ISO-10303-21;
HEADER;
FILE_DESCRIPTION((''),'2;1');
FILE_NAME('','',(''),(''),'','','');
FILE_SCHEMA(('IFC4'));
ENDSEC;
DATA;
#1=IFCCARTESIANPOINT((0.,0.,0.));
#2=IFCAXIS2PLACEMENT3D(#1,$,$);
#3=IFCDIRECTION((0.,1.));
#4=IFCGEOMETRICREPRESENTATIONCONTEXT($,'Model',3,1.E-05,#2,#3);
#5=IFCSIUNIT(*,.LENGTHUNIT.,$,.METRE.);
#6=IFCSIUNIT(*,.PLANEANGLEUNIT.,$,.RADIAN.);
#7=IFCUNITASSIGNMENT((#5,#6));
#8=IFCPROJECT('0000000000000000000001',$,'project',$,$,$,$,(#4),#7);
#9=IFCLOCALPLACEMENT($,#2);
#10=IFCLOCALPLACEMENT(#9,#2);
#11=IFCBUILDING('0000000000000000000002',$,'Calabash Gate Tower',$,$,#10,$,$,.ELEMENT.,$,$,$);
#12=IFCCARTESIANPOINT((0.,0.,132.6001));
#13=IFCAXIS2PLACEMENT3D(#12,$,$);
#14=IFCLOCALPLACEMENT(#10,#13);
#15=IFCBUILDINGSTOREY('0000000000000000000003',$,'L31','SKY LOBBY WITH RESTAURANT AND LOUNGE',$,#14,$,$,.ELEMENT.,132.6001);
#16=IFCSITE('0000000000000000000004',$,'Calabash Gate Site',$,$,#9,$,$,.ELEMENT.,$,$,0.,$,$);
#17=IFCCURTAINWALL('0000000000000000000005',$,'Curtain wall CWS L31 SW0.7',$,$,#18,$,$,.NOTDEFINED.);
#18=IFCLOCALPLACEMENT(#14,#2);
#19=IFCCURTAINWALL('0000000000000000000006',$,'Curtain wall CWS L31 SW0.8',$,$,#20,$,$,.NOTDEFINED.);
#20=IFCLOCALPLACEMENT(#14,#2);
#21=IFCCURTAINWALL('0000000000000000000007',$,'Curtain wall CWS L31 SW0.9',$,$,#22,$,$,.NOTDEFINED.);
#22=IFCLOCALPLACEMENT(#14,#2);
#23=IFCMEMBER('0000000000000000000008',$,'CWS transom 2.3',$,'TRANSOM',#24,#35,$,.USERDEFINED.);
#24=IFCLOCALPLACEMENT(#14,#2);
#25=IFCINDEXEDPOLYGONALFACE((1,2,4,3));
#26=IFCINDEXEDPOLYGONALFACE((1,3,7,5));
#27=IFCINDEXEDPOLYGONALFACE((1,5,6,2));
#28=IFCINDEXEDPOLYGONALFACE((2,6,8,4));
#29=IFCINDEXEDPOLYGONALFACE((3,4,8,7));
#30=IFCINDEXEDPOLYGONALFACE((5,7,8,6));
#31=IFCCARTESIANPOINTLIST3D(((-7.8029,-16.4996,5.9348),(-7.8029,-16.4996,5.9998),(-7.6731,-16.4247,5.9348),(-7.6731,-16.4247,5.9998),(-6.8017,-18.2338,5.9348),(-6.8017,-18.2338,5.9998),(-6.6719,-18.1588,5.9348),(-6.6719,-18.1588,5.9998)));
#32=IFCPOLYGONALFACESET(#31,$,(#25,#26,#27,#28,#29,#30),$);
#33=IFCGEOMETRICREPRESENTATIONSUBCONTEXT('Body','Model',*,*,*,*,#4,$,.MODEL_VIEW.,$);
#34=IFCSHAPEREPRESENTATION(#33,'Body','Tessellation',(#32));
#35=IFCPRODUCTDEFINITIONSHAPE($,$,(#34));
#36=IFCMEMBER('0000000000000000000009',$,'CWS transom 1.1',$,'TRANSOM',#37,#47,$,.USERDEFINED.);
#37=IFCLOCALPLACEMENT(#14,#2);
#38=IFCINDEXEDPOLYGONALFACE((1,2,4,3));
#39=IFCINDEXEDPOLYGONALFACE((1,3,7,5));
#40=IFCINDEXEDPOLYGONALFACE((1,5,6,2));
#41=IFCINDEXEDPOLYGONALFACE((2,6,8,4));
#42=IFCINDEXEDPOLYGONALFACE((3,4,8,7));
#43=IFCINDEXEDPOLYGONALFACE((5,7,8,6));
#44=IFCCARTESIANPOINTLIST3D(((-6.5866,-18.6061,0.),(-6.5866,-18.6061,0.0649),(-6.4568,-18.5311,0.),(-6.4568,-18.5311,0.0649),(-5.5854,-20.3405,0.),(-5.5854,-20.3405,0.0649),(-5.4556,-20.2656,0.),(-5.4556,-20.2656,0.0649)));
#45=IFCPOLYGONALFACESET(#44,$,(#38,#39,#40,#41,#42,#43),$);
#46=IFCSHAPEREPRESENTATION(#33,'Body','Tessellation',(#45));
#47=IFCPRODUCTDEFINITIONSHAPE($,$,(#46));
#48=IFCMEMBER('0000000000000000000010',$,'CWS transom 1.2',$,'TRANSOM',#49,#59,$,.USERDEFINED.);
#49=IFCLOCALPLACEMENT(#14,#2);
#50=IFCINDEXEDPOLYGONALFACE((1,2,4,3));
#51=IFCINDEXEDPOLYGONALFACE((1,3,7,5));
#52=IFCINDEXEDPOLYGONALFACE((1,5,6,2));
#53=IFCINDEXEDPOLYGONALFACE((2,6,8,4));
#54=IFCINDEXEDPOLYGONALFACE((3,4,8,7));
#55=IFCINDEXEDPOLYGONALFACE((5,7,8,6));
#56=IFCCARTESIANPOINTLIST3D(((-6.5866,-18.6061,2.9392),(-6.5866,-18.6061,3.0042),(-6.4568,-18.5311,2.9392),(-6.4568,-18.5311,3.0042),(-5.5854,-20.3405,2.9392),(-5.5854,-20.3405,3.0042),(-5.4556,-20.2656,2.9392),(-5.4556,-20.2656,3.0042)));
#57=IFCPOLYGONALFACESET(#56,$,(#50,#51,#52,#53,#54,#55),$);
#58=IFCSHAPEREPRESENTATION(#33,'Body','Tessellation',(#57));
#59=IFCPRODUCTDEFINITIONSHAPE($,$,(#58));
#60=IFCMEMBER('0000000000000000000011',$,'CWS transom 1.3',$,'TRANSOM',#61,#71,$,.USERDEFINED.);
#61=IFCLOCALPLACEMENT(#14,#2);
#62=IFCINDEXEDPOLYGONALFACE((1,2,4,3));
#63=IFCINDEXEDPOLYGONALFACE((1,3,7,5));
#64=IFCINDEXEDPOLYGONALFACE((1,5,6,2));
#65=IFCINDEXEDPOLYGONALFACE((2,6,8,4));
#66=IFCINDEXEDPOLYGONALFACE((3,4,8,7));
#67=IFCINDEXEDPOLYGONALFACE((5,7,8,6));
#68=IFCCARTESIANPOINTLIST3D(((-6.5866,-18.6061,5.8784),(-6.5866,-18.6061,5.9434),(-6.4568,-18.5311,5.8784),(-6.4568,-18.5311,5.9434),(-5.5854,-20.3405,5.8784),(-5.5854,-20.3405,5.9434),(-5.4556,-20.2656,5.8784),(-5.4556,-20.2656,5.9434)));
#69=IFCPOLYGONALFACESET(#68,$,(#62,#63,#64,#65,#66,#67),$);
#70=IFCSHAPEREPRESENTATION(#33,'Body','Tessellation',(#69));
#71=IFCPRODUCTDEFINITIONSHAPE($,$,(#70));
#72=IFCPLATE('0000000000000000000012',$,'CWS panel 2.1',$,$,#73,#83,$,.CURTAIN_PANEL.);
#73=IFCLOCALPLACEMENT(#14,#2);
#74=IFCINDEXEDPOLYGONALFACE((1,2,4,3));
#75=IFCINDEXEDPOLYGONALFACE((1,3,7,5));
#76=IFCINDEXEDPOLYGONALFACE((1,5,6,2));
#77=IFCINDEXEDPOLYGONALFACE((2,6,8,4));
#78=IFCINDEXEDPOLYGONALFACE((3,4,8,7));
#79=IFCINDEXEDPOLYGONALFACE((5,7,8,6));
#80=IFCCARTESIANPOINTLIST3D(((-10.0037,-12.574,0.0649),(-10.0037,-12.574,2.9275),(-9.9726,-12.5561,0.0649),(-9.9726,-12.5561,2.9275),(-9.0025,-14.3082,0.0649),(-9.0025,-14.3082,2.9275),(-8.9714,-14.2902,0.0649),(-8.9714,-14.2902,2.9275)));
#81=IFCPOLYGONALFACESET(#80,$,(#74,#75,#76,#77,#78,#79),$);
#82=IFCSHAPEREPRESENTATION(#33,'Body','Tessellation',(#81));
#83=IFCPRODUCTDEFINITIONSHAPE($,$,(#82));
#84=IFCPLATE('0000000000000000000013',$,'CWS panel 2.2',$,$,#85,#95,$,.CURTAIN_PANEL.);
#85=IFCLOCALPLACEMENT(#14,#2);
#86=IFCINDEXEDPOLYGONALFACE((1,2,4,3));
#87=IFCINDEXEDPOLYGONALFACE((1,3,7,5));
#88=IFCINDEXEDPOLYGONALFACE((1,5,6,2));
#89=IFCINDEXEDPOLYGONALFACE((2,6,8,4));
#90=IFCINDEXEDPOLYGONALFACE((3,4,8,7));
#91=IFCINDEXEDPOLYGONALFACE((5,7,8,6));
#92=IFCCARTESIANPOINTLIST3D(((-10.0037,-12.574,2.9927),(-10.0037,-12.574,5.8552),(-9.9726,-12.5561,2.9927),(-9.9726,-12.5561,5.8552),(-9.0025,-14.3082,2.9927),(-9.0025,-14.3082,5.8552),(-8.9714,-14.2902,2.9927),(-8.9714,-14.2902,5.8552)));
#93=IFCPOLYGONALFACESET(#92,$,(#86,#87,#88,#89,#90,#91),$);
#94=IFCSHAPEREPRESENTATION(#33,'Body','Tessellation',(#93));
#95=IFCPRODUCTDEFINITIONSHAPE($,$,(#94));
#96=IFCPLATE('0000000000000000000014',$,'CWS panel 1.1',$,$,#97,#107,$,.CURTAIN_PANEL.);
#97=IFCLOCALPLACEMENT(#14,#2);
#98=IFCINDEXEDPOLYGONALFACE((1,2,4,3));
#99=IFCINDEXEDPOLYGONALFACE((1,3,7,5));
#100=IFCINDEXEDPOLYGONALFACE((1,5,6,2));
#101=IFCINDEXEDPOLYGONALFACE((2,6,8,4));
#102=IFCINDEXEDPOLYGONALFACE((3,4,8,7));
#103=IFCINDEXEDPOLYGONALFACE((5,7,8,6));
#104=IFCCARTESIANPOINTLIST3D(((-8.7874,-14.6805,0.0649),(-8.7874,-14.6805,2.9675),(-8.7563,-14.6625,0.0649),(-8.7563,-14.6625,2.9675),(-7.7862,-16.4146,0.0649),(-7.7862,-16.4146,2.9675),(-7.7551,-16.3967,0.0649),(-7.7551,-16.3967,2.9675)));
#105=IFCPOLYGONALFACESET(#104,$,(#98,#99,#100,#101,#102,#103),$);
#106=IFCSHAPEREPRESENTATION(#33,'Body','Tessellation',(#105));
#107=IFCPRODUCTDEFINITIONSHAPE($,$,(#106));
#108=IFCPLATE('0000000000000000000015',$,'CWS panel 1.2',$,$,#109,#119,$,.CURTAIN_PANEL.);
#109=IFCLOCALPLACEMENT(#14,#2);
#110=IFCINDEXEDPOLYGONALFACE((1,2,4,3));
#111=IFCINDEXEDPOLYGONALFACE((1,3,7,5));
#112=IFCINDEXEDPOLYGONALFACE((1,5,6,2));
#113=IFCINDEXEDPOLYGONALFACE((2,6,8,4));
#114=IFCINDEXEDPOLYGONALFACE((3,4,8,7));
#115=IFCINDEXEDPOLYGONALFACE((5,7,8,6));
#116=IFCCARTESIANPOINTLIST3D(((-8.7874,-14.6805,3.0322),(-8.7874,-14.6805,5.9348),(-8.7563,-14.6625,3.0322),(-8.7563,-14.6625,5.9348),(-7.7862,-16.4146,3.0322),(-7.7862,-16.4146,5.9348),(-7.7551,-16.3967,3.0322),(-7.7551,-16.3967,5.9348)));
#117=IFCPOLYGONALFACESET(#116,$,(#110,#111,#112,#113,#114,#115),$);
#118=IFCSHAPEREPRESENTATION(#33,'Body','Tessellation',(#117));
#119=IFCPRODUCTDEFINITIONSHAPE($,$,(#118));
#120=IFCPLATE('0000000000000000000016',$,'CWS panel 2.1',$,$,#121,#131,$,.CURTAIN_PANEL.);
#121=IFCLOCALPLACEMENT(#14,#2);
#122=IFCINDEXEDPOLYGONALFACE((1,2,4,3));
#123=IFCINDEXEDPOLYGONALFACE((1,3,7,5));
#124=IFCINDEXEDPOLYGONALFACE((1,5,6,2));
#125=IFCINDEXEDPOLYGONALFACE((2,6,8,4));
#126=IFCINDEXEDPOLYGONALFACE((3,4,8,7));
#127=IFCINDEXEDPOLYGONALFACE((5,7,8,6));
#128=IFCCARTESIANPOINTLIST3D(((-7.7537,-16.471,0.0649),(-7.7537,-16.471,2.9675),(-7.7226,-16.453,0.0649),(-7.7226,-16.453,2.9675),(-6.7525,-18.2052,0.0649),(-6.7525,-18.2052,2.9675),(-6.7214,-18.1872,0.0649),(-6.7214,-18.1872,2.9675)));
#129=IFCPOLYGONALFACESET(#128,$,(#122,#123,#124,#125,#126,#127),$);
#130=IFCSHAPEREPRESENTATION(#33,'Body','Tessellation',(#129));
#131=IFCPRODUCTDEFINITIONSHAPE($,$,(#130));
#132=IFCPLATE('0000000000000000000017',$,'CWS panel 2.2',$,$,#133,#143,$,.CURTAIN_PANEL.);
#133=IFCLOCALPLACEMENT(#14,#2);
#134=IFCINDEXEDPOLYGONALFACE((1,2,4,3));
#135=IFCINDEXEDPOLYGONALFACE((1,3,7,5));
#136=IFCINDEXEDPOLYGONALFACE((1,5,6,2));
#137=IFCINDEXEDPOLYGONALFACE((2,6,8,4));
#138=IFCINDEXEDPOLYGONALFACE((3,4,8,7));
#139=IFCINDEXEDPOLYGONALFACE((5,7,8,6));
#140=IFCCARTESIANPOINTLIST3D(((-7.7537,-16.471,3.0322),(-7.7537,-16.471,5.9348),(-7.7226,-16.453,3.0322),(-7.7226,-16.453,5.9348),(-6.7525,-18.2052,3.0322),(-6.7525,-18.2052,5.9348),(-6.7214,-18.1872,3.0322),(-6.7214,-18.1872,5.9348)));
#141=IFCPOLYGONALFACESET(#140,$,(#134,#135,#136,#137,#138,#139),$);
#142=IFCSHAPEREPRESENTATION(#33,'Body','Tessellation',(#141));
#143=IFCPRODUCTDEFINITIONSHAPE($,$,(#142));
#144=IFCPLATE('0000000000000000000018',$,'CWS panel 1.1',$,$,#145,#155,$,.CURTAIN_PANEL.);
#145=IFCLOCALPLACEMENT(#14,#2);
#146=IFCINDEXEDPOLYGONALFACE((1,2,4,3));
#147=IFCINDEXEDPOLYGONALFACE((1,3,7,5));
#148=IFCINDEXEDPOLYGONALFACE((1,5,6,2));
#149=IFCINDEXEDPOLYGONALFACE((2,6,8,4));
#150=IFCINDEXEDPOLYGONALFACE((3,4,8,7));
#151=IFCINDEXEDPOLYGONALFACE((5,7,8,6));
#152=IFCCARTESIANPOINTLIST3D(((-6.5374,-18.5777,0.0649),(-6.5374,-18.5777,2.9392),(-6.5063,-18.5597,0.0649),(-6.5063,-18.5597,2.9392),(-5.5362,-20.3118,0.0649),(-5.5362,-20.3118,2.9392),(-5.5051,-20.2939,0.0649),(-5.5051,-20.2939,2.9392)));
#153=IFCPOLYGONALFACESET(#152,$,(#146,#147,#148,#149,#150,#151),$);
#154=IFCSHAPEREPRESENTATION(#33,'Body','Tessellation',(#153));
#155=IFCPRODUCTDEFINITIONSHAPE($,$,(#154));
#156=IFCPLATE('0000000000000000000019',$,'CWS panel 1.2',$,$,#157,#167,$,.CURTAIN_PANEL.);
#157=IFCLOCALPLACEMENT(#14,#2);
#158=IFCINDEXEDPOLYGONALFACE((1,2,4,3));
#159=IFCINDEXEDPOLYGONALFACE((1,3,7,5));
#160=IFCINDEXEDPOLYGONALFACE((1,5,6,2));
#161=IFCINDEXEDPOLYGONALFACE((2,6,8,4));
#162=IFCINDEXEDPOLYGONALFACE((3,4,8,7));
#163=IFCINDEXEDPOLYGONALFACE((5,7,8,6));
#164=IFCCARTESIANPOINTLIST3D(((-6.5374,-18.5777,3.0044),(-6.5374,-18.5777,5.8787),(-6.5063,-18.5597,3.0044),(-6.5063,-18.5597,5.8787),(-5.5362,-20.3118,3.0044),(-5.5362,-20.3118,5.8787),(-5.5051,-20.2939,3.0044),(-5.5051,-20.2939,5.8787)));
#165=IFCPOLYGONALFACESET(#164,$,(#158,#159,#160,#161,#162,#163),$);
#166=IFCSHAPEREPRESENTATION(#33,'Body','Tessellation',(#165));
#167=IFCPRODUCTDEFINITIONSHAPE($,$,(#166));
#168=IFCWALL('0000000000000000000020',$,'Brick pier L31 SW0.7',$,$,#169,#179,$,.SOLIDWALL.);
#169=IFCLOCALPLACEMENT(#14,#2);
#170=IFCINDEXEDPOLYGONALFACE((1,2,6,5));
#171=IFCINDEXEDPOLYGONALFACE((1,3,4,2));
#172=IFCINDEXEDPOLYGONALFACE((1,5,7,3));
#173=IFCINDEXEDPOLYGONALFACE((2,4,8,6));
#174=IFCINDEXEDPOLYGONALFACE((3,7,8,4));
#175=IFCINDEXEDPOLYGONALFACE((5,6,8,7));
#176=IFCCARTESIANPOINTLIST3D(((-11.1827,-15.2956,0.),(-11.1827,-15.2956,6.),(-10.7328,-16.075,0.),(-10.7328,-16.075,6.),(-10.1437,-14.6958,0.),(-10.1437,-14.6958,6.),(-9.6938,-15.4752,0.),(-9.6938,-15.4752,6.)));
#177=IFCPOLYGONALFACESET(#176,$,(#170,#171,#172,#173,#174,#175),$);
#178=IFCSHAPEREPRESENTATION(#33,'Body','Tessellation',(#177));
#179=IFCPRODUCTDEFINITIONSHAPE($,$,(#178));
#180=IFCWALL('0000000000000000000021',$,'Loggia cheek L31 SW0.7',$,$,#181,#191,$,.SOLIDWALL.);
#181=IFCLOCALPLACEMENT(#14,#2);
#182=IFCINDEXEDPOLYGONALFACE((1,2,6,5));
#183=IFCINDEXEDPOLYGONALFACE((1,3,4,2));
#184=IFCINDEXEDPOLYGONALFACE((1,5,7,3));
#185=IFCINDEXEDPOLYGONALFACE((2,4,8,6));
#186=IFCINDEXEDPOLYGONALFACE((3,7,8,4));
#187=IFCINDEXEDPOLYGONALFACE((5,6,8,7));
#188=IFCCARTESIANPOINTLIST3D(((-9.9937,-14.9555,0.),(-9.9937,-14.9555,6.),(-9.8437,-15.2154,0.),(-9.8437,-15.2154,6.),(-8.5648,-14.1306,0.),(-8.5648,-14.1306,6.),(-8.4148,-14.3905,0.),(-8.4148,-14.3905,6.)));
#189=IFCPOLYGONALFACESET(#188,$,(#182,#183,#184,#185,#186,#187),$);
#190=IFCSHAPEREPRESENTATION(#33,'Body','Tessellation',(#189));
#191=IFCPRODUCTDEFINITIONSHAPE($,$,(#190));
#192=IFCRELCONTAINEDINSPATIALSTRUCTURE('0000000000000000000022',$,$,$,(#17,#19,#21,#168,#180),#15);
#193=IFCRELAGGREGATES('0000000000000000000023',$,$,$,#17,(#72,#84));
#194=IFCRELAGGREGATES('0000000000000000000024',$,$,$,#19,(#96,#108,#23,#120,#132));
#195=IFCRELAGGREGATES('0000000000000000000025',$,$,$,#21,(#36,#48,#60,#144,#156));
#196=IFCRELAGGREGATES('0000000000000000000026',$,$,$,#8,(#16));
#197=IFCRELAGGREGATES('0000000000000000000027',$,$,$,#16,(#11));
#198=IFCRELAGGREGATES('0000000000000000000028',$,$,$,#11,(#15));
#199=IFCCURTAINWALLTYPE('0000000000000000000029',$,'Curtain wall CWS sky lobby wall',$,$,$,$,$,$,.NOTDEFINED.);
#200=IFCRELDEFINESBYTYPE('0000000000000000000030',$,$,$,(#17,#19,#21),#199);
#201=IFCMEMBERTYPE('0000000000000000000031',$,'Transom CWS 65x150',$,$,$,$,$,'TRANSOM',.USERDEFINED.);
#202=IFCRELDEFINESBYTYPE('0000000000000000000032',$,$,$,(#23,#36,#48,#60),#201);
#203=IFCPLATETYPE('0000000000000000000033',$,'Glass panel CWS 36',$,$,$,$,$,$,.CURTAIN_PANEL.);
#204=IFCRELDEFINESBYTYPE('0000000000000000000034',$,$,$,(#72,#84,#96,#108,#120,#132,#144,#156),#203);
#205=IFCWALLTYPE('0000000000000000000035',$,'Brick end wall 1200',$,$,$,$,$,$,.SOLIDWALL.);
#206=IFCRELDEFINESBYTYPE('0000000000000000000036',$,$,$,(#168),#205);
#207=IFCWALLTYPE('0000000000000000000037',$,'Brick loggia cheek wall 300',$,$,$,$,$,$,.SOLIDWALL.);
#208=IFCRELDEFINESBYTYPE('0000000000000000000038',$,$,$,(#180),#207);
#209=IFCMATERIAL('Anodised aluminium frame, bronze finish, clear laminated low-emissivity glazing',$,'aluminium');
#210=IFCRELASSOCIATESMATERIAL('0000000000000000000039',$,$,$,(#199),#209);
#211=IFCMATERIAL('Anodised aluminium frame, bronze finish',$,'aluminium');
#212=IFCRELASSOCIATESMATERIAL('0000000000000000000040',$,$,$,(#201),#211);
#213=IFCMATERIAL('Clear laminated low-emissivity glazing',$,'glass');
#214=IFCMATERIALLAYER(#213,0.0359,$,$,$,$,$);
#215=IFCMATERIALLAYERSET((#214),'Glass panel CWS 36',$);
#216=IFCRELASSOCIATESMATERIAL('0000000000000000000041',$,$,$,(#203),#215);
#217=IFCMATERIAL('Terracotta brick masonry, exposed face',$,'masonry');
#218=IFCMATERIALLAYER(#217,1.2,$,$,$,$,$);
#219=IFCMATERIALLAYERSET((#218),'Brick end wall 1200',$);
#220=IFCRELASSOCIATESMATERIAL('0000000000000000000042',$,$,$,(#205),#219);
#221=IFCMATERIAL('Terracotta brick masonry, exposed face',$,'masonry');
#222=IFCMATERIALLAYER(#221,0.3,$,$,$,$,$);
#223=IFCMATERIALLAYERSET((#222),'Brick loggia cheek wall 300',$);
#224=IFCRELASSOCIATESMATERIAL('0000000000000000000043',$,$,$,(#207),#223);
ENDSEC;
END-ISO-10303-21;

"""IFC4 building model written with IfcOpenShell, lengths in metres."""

from ifc_helpers import new_model, si_unit, direction, frame, frame_2d, origin, origin_2d, place, context, subcontext, project, spatial, rectangle, extrude, material, layer, layer_set, material_profile, profile_set, type_object, element, aggregate, save


model = new_model("IFC4")

# Units and contexts
model_context = context("Model", 3, precision=1e-05, world=origin(), true_north=direction((0.0, 1.0)))
body_context = subcontext(model_context, "Body", "Model", "MODEL_VIEW")
ifc_project = project(units=[si_unit("LENGTHUNIT", "METRE"), si_unit("PLANEANGLEUNIT", "RADIAN")], contexts=[model_context])

# Site, building, storey
site_placement = place(None, origin())
site = spatial("IfcSite", under=ifc_project, at=site_placement, Name="Calabash Gate Site", CompositionType="ELEMENT", RefElevation=0.0)
building_placement = place(site_placement, origin())
building = spatial("IfcBuilding", under=site, at=building_placement, Name="Calabash Gate Tower", CompositionType="ELEMENT")
storey_placement = place(building_placement, frame((0.0, 0.0, 132.6001)))
storey = spatial("IfcBuildingStorey", under=building, at=storey_placement, Name="L31", Description="SKY LOBBY WITH RESTAURANT AND LOUNGE", CompositionType="ELEMENT", Elevation=132.6001)

# Curtain walls
ifc_material_1 = material(Name="Anodised aluminium frame, bronze finish, clear laminated low-emissivity glazing", Category="aluminium")
curtain_wall_type = type_object("IfcCurtainWallType", Name="Curtain wall CWS sky lobby wall", PredefinedType="NOTDEFINED", material=ifc_material_1)
curtain_wall_1_placement = place(storey_placement, origin())
curtain_wall_1 = element("IfcCurtainWall", 1, at=curtain_wall_1_placement, inside=storey, type_object=curtain_wall_type, Name="Curtain wall CWS L31 SW0.7", PredefinedType="NOTDEFINED")
curtain_wall_2_placement = place(storey_placement, origin())
curtain_wall_2 = element("IfcCurtainWall", 2, at=curtain_wall_2_placement, inside=storey, type_object=curtain_wall_type, Name="Curtain wall CWS L31 SW0.8", PredefinedType="NOTDEFINED")
curtain_wall_3_placement = place(storey_placement, origin())
curtain_wall_3 = element("IfcCurtainWall", 3, at=curtain_wall_3_placement, inside=storey, type_object=curtain_wall_type, Name="Curtain wall CWS L31 SW0.9", PredefinedType="NOTDEFINED")

# Members
ifc_material_2 = material(Name="Anodised aluminium frame, bronze finish", Category="aluminium")
ifc_material_profile_1 = material_profile(ifc_material_2, rectangle(XDim=0.1499, YDim=0.0649, at=origin_2d()))
ifc_profile_set_1 = profile_set([ifc_material_profile_1], Name="Anodised aluminium frame, bronze finish")
member_type_1 = type_object("IfcMemberType", Name="Transom CWS 65x150", ElementType="TRANSOM", PredefinedType="USERDEFINED", material=ifc_profile_set_1)
member_1_placement = place(storey_placement, frame((-7.738, -16.4622, 5.9673), z_axis=(0.500007, -0.866021, 0.0), x_axis=(0.866021, 0.500007, 0.0)))
member_1 = element("IfcMember", 4, at=member_1_placement, type_object=member_type_1, Name="CWS transom 2.3", ObjectType="TRANSOM", PredefinedType="USERDEFINED", context=body_context, shape_type="SweptSolid", body=[
    extrude(rectangle(XDim=0.1499, YDim=0.0649, at=origin_2d()), origin(), (0.0, 0.0, 1.0), 2.0024),
])
member_2_placement = place(storey_placement, frame((-6.5217, -18.5686, 0.0325), z_axis=(0.499955, -0.866052, 0.0), x_axis=(0.866052, 0.499955, 0.0)))
member_2 = element("IfcMember", 5, at=member_2_placement, type_object=member_type_1, Name="CWS transom 1.1", ObjectType="TRANSOM", PredefinedType="USERDEFINED", context=body_context, shape_type="SweptSolid", body=[
    extrude(rectangle(XDim=0.1499, YDim=0.0649, at=origin_2d()), origin(), (0.0, 0.0, 1.0), 2.0027),
])
member_3_placement = place(storey_placement, frame((-6.5217, -18.5686, 2.9717), z_axis=(0.499955, -0.866052, 0.0), x_axis=(0.866052, 0.499955, 0.0)))
member_3 = element("IfcMember", 6, at=member_3_placement, type_object=member_type_1, Name="CWS transom 1.2", ObjectType="TRANSOM", PredefinedType="USERDEFINED", context=body_context, shape_type="SweptSolid", body=[
    extrude(rectangle(XDim=0.1499, YDim=0.0649, at=origin_2d()), origin(), (0.0, 0.0, 1.0), 2.0027),
])
member_4_placement = place(storey_placement, frame((-6.5217, -18.5686, 5.9109), z_axis=(0.499955, -0.866052, 0.0), x_axis=(0.866052, 0.499955, 0.0)))
member_4 = element("IfcMember", 7, at=member_4_placement, type_object=member_type_1, Name="CWS transom 1.3", ObjectType="TRANSOM", PredefinedType="USERDEFINED", context=body_context, shape_type="SweptSolid", body=[
    extrude(rectangle(XDim=0.1499, YDim=0.0649, at=origin_2d()), origin(), (0.0, 0.0, 1.0), 2.0027),
])

# Plates
ifc_material_3 = material(Name="Clear laminated low-emissivity glazing", Category="glass")
ifc_layer_1 = layer(ifc_material_3, 0.0359)
ifc_layer_set_1 = layer_set([ifc_layer_1], Name="Glass panel CWS 36")
plate_type = type_object("IfcPlateType", Name="Glass panel CWS 36", PredefinedType="CURTAIN_PANEL", material=ifc_layer_set_1)
plate_1_placement = place(storey_placement, frame((-9.4875, -13.4321, 0.0649), z_axis=(0.0, 0.0, 1.0), x_axis=(0.5, -0.866025, 0.0)))
plate_1 = element("IfcPlate", 8, at=plate_1_placement, type_object=plate_type, Name="CWS panel 2.1", PredefinedType="CURTAIN_PANEL", context=body_context, shape_type="SweptSolid", body=[
    extrude(rectangle(XDim=2.0024, YDim=0.0359, at=origin_2d()), origin(), (0.0, 0.0, 1.0), 2.8625),
])
plate_2_placement = place(storey_placement, frame((-9.4875, -13.4321, 2.9927), z_axis=(0.0, 0.0, 1.0), x_axis=(0.5, -0.866025, 0.0)))
plate_2 = element("IfcPlate", 9, at=plate_2_placement, type_object=plate_type, Name="CWS panel 2.2", PredefinedType="CURTAIN_PANEL", context=body_context, shape_type="SweptSolid", body=[
    extrude(rectangle(XDim=2.0024, YDim=0.0359, at=origin_2d()), origin(), (0.0, 0.0, 1.0), 2.8625),
])
aggregate(curtain_wall_1, [plate_1, plate_2])
plate_3_placement = place(storey_placement, frame((-8.2712, -15.5386, 0.0649), z_axis=(0.0, 0.0, 1.0), x_axis=(0.5, -0.866025, 0.0)))
plate_3 = element("IfcPlate", 10, at=plate_3_placement, type_object=plate_type, Name="CWS panel 1.1", PredefinedType="CURTAIN_PANEL", context=body_context, shape_type="SweptSolid", body=[
    extrude(rectangle(XDim=2.0024, YDim=0.0359, at=origin_2d()), origin(), (0.0, 0.0, 1.0), 2.9026),
])
plate_4_placement = place(storey_placement, frame((-8.2712, -15.5386, 3.0322), z_axis=(0.0, 0.0, 1.0), x_axis=(0.5, -0.866025, 0.0)))
plate_4 = element("IfcPlate", 11, at=plate_4_placement, type_object=plate_type, Name="CWS panel 1.2", PredefinedType="CURTAIN_PANEL", context=body_context, shape_type="SweptSolid", body=[
    extrude(rectangle(XDim=2.0024, YDim=0.0359, at=origin_2d()), origin(), (0.0, 0.0, 1.0), 2.9026),
])
plate_5_placement = place(storey_placement, frame((-7.2375, -17.3291, 0.0649), z_axis=(0.0, 0.0, 1.0), x_axis=(0.5, -0.866025, 0.0)))
plate_5 = element("IfcPlate", 12, at=plate_5_placement, type_object=plate_type, Name="CWS panel 2.1", PredefinedType="CURTAIN_PANEL", context=body_context, shape_type="SweptSolid", body=[
    extrude(rectangle(XDim=2.0024, YDim=0.0359, at=origin_2d()), origin(), (0.0, 0.0, 1.0), 2.9026),
])
plate_6_placement = place(storey_placement, frame((-7.2375, -17.3291, 3.0322), z_axis=(0.0, 0.0, 1.0), x_axis=(0.5, -0.866025, 0.0)))
plate_6 = element("IfcPlate", 13, at=plate_6_placement, type_object=plate_type, Name="CWS panel 2.2", PredefinedType="CURTAIN_PANEL", context=body_context, shape_type="SweptSolid", body=[
    extrude(rectangle(XDim=2.0024, YDim=0.0359, at=origin_2d()), origin(), (0.0, 0.0, 1.0), 2.9026),
])
aggregate(curtain_wall_2, [plate_3, plate_4, member_1, plate_5, plate_6])
plate_7_placement = place(storey_placement, frame((-6.0212, -19.4358, 0.0649), z_axis=(0.0, 0.0, 1.0), x_axis=(0.5, -0.866025, 0.0)))
plate_7 = element("IfcPlate", 14, at=plate_7_placement, type_object=plate_type, Name="CWS panel 1.1", PredefinedType="CURTAIN_PANEL", context=body_context, shape_type="SweptSolid", body=[
    extrude(rectangle(XDim=2.0024, YDim=0.0359, at=origin_2d()), origin(), (0.0, 0.0, 1.0), 2.8743),
])
plate_8_placement = place(storey_placement, frame((-6.0212, -19.4358, 3.0044), z_axis=(0.0, 0.0, 1.0), x_axis=(0.5, -0.866025, 0.0)))
plate_8 = element("IfcPlate", 15, at=plate_8_placement, type_object=plate_type, Name="CWS panel 1.2", PredefinedType="CURTAIN_PANEL", context=body_context, shape_type="SweptSolid", body=[
    extrude(rectangle(XDim=2.0024, YDim=0.0359, at=origin_2d()), origin(), (0.0, 0.0, 1.0), 2.8743),
])
aggregate(curtain_wall_3, [member_2, member_3, member_4, plate_7, plate_8])

# Walls
ifc_material_4 = material(Name="Terracotta brick masonry, exposed face", Category="masonry")
ifc_layer_2 = layer(ifc_material_4, 1.2)
ifc_layer_set_2 = layer_set([ifc_layer_2], Name="Brick end wall 1200")
wall_type_1 = type_object("IfcWallType", Name="Brick end wall 1200", PredefinedType="SOLIDWALL", material=ifc_layer_set_2)
wall_1_placement = place(storey_placement, frame((-10.9578, -15.6853, 0.0), z_axis=(0.0, 0.0, 1.0), x_axis=(0.866043, 0.499969, 0.0)))
element("IfcWall", 16, at=wall_1_placement, inside=storey, type_object=wall_type_1, Name="Brick pier L31 SW0.7", PredefinedType="SOLIDWALL", context=body_context, shape_type="SweptSolid", body=[
    extrude(rectangle(XDim=1.1997, YDim=0.8999, at=frame_2d((0.5999, 0.0))), origin(), (0.0, 0.0, 1.0), 6.0),
])
ifc_material_5 = material(Name="Terracotta brick masonry, exposed face", Category="masonry")
ifc_layer_3 = layer(ifc_material_5, 0.3)
ifc_layer_set_3 = layer_set([ifc_layer_3], Name="Brick loggia cheek wall 300")
wall_type_2 = type_object("IfcWallType", Name="Brick loggia cheek wall 300", PredefinedType="SOLIDWALL", material=ifc_layer_set_3)
wall_2_placement = place(storey_placement, frame((-9.9187, -15.0854, 0.0), z_axis=(0.0, 0.0, 1.0), x_axis=(0.86604, 0.499974, 0.0)))
element("IfcWall", 17, at=wall_2_placement, inside=storey, type_object=wall_type_2, Name="Loggia cheek L31 SW0.7", PredefinedType="SOLIDWALL", context=body_context, shape_type="SweptSolid", body=[
    extrude(rectangle(XDim=1.6499, YDim=0.3, at=frame_2d((0.825, 0.0))), origin(), (0.0, 0.0, 1.0), 6.0),
])

save(model, "model.ifc")
